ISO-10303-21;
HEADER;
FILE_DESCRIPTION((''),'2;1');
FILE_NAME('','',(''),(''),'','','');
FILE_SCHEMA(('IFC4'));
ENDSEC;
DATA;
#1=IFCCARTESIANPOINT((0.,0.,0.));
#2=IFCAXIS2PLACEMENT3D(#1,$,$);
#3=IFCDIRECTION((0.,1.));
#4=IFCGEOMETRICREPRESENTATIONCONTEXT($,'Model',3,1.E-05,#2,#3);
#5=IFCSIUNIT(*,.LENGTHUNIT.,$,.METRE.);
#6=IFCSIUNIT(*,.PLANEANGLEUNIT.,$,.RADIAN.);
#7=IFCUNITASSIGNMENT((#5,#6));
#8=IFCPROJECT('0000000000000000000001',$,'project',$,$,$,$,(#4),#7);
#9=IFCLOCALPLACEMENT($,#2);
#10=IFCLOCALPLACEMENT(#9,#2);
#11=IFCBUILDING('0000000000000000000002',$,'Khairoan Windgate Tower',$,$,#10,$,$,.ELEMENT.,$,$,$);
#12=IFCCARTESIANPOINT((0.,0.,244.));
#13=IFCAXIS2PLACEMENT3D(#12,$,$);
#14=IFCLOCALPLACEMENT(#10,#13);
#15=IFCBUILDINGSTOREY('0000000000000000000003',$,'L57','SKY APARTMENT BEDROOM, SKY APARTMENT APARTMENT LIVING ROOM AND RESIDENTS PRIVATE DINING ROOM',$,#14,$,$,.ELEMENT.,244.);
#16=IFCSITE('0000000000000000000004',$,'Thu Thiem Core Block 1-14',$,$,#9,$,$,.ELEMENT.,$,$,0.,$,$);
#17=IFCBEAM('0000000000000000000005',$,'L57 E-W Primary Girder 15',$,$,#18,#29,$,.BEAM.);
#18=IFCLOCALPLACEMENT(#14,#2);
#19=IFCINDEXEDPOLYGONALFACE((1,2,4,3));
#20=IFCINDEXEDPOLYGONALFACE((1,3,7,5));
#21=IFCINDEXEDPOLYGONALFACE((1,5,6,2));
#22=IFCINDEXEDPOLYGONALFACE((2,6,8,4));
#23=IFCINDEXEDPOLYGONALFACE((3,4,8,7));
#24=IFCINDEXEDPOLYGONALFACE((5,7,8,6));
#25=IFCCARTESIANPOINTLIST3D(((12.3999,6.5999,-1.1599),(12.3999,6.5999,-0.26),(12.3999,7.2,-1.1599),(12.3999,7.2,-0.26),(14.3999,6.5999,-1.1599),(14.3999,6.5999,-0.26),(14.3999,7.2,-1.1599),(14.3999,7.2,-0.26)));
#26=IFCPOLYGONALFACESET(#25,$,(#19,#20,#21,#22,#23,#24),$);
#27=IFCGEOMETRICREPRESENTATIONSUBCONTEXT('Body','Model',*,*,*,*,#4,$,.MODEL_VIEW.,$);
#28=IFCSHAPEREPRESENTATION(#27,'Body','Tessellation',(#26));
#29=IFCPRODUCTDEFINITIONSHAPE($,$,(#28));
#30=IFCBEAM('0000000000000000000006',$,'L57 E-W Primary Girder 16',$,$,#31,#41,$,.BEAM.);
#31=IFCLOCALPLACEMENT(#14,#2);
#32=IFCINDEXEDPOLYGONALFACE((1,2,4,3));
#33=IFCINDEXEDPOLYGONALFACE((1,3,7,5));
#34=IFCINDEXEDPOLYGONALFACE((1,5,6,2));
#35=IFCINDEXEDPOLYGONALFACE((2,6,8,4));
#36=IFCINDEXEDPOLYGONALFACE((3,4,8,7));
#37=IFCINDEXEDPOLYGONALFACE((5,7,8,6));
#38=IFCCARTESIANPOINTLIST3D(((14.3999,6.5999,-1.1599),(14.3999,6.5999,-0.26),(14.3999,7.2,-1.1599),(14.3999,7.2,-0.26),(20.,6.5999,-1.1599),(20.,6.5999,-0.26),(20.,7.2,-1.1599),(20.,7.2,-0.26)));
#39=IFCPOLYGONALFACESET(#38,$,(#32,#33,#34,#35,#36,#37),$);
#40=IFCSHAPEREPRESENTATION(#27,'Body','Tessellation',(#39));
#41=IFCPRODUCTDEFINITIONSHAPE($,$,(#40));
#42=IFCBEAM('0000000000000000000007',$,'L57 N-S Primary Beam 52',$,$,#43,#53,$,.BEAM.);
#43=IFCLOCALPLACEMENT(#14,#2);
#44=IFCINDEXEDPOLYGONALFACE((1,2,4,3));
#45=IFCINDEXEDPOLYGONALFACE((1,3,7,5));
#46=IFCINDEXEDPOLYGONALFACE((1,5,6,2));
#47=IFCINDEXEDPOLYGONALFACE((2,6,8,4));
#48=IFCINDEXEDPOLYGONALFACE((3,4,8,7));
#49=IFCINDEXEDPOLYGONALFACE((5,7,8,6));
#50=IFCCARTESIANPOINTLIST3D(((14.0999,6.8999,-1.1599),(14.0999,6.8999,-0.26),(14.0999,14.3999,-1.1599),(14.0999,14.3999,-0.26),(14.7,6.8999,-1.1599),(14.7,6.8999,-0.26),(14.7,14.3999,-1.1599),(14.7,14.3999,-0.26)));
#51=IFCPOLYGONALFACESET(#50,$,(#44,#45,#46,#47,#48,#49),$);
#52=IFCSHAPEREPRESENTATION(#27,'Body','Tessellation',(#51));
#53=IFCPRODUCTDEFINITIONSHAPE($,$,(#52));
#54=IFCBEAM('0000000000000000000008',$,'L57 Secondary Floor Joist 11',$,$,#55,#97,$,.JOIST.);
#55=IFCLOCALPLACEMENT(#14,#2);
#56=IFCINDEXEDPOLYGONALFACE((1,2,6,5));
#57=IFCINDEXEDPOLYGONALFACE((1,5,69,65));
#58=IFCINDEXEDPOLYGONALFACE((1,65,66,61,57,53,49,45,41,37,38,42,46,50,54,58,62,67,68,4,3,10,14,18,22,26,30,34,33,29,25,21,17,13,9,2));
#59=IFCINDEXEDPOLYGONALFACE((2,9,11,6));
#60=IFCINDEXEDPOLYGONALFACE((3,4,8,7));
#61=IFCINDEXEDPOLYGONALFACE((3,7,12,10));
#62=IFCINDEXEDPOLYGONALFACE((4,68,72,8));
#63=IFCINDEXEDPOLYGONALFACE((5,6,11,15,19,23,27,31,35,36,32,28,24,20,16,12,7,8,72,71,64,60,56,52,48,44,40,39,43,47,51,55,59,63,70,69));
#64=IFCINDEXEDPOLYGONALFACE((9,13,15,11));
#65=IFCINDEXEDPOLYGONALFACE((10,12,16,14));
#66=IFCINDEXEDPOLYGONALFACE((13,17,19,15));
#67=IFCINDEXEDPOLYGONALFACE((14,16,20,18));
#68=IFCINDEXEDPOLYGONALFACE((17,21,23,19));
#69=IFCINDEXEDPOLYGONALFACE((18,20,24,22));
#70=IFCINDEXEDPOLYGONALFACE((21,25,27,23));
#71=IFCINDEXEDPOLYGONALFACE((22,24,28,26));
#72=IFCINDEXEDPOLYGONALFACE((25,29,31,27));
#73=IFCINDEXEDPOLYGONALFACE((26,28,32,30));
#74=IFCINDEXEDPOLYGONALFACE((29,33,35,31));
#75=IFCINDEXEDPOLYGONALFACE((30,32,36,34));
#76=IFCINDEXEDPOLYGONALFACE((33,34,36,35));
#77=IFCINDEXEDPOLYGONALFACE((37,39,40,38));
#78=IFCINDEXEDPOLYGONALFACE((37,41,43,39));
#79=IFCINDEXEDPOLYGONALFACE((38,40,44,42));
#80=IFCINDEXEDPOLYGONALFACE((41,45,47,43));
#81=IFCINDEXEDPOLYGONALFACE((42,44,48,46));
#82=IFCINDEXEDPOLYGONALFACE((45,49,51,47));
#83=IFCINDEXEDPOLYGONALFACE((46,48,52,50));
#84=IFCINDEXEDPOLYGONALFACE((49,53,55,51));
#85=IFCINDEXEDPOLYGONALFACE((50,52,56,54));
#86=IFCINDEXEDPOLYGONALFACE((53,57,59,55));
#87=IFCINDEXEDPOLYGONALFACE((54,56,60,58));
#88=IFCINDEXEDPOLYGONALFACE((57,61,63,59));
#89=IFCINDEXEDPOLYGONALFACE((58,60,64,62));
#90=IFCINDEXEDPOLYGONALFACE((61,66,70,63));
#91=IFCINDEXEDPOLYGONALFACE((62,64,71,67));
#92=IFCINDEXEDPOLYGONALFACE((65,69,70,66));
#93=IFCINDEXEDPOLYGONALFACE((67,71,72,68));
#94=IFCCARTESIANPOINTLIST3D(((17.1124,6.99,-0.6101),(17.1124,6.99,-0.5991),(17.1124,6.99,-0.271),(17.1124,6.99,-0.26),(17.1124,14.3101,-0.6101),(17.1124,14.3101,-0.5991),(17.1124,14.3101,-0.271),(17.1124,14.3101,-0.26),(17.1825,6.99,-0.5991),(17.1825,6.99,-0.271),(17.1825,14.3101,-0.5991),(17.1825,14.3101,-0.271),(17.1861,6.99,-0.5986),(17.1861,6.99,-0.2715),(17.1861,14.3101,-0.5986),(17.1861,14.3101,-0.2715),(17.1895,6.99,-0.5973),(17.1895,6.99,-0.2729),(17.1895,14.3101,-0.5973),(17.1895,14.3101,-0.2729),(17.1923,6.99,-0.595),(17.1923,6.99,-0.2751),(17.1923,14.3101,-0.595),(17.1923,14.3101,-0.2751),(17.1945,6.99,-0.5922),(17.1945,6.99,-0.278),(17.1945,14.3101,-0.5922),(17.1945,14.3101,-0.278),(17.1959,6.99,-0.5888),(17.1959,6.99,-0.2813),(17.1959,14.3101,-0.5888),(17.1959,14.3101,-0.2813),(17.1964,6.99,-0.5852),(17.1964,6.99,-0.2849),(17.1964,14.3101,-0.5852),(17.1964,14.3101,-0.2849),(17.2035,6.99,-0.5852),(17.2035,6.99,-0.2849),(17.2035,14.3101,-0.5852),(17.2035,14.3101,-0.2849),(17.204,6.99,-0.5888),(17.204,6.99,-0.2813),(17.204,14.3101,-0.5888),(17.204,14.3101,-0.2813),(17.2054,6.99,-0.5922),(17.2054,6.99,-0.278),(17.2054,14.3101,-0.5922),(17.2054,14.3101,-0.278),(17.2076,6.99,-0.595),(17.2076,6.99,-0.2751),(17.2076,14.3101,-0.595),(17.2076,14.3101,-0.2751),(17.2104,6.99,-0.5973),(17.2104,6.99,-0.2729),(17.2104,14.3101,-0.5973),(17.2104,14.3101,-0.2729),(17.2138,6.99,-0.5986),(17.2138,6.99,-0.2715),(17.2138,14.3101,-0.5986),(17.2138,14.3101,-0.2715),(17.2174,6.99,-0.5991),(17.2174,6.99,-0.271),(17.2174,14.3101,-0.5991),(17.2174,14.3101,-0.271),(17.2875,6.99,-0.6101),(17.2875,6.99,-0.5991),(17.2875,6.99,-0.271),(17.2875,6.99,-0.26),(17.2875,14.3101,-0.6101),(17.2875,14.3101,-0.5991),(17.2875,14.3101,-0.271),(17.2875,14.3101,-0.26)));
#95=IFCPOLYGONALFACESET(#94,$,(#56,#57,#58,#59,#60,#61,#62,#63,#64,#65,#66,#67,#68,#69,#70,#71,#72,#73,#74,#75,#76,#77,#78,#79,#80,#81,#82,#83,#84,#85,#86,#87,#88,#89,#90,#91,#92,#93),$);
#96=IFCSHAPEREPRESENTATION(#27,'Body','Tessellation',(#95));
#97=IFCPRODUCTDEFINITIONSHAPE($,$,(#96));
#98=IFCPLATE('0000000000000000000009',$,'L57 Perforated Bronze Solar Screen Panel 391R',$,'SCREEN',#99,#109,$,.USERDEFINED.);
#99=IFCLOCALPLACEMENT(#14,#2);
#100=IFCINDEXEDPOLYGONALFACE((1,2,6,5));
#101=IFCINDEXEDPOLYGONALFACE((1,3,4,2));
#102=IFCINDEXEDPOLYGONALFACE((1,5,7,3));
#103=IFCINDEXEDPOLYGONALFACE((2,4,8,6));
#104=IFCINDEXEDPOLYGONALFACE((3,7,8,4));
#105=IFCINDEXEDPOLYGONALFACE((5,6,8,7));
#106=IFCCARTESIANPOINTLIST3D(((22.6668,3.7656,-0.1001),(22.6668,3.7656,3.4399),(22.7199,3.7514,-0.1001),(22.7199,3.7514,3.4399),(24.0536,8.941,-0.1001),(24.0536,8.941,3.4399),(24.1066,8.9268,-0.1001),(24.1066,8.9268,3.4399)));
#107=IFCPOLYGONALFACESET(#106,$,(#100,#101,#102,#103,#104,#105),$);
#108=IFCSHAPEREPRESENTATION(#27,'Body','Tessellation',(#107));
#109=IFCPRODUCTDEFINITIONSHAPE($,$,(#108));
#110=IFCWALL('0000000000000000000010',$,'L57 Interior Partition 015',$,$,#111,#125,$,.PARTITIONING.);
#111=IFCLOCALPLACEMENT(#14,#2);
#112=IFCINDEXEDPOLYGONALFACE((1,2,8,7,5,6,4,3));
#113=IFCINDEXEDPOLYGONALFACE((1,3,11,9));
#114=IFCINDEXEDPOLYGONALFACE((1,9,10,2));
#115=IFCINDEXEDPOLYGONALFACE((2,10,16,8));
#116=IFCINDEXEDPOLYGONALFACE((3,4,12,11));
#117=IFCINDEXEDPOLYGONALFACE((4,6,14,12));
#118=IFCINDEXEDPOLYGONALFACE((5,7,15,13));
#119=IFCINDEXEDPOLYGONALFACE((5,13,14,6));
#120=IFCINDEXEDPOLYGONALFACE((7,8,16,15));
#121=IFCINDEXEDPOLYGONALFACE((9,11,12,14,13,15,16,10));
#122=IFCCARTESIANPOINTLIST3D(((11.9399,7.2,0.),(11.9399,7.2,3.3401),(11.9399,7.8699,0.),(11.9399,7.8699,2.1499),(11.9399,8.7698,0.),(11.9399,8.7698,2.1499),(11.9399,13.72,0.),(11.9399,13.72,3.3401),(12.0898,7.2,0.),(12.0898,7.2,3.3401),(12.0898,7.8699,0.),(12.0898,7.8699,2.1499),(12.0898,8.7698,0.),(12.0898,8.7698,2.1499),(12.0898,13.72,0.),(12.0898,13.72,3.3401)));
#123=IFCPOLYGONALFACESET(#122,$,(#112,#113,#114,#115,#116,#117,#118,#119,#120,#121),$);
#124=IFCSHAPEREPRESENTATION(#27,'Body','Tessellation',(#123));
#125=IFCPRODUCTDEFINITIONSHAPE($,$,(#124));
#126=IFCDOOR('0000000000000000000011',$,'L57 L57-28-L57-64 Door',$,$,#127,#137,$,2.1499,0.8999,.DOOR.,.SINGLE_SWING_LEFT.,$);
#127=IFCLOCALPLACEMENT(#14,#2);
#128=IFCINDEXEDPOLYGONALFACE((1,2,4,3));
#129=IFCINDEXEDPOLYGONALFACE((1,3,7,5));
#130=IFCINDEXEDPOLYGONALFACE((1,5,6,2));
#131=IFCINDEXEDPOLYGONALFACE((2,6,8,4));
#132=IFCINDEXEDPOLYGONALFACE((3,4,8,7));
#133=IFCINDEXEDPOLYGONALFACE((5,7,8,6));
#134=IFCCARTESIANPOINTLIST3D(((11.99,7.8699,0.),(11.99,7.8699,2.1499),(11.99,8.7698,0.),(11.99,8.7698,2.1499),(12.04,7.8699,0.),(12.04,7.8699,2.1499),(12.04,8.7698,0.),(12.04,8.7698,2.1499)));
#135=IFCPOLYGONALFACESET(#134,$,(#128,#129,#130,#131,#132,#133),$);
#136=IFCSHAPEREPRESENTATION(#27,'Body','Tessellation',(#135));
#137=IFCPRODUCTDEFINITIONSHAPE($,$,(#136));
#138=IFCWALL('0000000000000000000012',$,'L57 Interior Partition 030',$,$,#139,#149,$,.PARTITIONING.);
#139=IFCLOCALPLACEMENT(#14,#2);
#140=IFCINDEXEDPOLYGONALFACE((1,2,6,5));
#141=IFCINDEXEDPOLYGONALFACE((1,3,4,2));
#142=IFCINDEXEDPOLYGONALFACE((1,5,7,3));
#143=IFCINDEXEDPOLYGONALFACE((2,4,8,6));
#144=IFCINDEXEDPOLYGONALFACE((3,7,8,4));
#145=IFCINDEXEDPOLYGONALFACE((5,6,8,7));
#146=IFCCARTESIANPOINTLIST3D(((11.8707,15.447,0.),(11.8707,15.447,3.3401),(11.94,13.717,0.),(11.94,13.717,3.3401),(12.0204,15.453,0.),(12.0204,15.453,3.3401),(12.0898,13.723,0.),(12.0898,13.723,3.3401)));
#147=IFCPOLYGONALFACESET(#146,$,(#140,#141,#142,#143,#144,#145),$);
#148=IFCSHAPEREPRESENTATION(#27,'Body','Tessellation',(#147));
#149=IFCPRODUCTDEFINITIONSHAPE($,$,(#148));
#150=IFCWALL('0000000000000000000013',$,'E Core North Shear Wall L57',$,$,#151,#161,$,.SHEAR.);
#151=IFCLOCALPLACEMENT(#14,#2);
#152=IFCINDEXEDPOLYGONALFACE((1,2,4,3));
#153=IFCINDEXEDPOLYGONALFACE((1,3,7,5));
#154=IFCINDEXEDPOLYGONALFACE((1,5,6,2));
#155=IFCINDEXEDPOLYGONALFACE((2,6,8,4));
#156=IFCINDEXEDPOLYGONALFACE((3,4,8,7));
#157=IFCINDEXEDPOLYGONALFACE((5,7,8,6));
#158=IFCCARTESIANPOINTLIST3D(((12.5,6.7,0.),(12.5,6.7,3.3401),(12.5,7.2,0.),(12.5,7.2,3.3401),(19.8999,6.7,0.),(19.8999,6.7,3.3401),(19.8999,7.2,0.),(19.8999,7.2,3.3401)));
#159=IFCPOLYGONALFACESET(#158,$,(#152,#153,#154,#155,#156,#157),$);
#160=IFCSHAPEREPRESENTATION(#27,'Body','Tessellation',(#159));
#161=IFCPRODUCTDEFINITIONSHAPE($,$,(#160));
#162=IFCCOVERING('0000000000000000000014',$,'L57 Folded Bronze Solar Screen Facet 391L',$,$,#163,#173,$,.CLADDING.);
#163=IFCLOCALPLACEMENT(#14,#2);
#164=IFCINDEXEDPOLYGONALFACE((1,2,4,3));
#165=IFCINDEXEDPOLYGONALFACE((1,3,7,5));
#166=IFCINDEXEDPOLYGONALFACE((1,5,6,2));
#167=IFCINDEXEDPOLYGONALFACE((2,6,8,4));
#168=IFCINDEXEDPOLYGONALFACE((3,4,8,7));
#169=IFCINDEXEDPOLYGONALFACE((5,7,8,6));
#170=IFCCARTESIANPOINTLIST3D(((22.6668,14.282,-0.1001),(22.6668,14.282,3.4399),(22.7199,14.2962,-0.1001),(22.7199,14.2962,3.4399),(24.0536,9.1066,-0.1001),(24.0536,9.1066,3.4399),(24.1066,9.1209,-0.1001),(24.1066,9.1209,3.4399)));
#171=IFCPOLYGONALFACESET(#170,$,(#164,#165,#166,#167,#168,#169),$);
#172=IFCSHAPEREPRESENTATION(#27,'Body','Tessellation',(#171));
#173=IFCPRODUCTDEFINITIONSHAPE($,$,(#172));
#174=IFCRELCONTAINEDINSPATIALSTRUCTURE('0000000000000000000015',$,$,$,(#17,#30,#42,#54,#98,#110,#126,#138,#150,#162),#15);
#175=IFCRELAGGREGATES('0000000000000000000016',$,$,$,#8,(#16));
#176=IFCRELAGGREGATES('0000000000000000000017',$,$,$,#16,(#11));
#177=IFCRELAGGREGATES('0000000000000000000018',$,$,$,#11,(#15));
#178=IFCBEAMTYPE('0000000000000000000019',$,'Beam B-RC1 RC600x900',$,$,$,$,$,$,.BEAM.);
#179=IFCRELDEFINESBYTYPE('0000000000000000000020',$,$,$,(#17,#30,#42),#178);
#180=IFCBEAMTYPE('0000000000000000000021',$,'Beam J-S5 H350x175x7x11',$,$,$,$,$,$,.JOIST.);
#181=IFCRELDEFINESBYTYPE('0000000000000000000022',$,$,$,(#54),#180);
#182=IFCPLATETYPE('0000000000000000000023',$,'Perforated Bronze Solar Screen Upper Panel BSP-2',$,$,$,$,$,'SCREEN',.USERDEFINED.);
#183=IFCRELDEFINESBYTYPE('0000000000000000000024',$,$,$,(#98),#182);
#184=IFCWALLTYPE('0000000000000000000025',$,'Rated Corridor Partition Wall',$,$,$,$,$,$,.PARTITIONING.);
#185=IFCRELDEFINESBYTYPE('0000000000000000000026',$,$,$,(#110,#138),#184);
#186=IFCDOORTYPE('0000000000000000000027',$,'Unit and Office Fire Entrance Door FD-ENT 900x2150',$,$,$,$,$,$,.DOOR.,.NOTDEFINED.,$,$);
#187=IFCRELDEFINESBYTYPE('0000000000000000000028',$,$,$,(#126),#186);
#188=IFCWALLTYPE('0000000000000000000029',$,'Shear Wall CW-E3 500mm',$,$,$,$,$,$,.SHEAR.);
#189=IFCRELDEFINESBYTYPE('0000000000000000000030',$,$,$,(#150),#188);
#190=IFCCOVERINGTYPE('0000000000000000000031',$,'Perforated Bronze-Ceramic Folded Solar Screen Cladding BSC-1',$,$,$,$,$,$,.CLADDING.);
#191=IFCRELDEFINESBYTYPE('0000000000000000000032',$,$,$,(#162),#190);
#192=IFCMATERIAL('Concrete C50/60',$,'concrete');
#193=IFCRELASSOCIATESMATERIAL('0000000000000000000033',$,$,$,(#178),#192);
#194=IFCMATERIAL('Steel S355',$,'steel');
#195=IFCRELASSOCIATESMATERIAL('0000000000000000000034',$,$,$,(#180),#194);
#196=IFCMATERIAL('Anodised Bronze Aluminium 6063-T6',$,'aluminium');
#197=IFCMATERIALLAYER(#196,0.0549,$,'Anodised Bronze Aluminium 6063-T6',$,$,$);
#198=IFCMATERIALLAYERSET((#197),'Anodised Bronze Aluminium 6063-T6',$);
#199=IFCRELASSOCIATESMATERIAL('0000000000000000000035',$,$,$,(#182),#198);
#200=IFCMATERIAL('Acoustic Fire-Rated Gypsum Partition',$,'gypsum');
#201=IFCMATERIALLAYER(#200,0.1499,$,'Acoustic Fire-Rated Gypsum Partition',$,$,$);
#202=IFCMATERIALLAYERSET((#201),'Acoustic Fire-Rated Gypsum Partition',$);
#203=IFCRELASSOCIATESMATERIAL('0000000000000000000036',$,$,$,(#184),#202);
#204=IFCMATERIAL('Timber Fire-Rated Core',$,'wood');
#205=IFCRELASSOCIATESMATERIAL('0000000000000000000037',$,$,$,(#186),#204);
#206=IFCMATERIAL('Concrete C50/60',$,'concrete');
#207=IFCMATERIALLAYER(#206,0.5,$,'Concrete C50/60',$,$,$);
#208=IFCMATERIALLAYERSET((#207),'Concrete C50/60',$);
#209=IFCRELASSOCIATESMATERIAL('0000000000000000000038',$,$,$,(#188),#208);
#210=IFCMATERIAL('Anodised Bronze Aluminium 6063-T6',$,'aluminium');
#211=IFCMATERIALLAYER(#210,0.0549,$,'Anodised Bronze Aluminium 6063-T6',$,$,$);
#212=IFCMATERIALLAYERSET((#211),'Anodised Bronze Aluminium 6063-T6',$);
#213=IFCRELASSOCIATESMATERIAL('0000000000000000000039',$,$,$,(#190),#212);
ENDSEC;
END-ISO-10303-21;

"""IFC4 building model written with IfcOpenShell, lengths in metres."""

from ifc_helpers import new_model, si_unit, direction, frame, frame_2d, origin, origin_2d, place, context, subcontext, project, spatial, rectangle, i_section, extrude, material, layer, layer_set, material_profile, profile_set, type_object, element, fill, save


model = new_model("IFC4")

# Units and contexts
model_context = context("Model", 3, precision=1e-05, world=origin(), true_north=direction((0.0, 1.0)))
body_context = subcontext(model_context, "Body", "Model", "MODEL_VIEW")
ifc_project = project(units=[si_unit("LENGTHUNIT", "METRE"), si_unit("PLANEANGLEUNIT", "RADIAN")], contexts=[model_context])

# Site, building, storey
site_placement = place(None, origin())
site = spatial("IfcSite", under=ifc_project, at=site_placement, Name="Thu Thiem Core Block 1-14", CompositionType="ELEMENT", RefElevation=0.0)
building_placement = place(site_placement, origin())
building = spatial("IfcBuilding", under=site, at=building_placement, Name="Khairoan Windgate Tower", CompositionType="ELEMENT")
storey_placement = place(building_placement, frame((0.0, 0.0, 244.0)))
storey = spatial("IfcBuildingStorey", under=building, at=storey_placement, Name="L57", Description="SKY APARTMENT BEDROOM, SKY APARTMENT APARTMENT LIVING ROOM AND RESIDENTS PRIVATE DINING ROOM", CompositionType="ELEMENT", Elevation=244.0)

# Beams
ifc_material_1 = material(Name="Concrete C50/60", Category="concrete")
ifc_material_profile_1 = material_profile(ifc_material_1, rectangle(XDim=0.6001, YDim=0.8999, at=origin_2d()))
ifc_profile_set_1 = profile_set([ifc_material_profile_1], Name="Concrete C50/60")
beam_type_1 = type_object("IfcBeamType", Name="Beam B-RC1 RC600x900", PredefinedType="BEAM", material=ifc_profile_set_1)
beam_1_placement = place(storey_placement, frame((12.3999, 6.8999, -0.71), z_axis=(1.0, 0.0, 0.0), x_axis=(0.0, 1.0, 0.0)))
element("IfcBeam", 1, at=beam_1_placement, inside=storey, type_object=beam_type_1, Name="L57 E-W Primary Girder 15", PredefinedType="BEAM", context=body_context, shape_type="SweptSolid", body=[
    extrude(rectangle(XDim=0.6001, YDim=0.8999, at=origin_2d()), origin(), (0.0, 0.0, 1.0), 2.0),
])
beam_2_placement = place(storey_placement, frame((14.3999, 6.8999, -0.71), z_axis=(1.0, 0.0, 0.0), x_axis=(0.0, 1.0, 0.0)))
element("IfcBeam", 2, at=beam_2_placement, inside=storey, type_object=beam_type_1, Name="L57 E-W Primary Girder 16", PredefinedType="BEAM", context=body_context, shape_type="SweptSolid", body=[
    extrude(rectangle(XDim=0.6001, YDim=0.8999, at=origin_2d()), origin(), (0.0, 0.0, 1.0), 5.6001),
])
beam_3_placement = place(storey_placement, frame((14.3999, 6.8999, -0.71), z_axis=(0.0, 1.0, 0.0), x_axis=(-1.0, 0.0, 0.0)))
element("IfcBeam", 3, at=beam_3_placement, inside=storey, type_object=beam_type_1, Name="L57 N-S Primary Beam 52", PredefinedType="BEAM", context=body_context, shape_type="SweptSolid", body=[
    extrude(rectangle(XDim=0.6001, YDim=0.8999, at=origin_2d()), origin(), (0.0, 0.0, 1.0), 7.5),
])
ifc_material_2 = material(Name="Steel S355", Category="steel")
ifc_material_profile_2 = material_profile(ifc_material_2, i_section(OverallWidth=0.175, OverallDepth=0.3501, WebThickness=0.0071, FlangeThickness=0.011, FilletRadius=0.0139, at=origin_2d()))
ifc_profile_set_2 = profile_set([ifc_material_profile_2], Name="Steel S355")
beam_type_2 = type_object("IfcBeamType", Name="Beam J-S5 H350x175x7x11", PredefinedType="JOIST", material=ifc_profile_set_2)
beam_4_placement = place(storey_placement, frame((17.2, 6.99, -0.4351), z_axis=(0.0, 1.0, 0.0), x_axis=(-1.0, 0.0, 0.0)))
element("IfcBeam", 4, at=beam_4_placement, inside=storey, type_object=beam_type_2, Name="L57 Secondary Floor Joist 11", PredefinedType="JOIST", context=body_context, shape_type="SweptSolid", body=[
    extrude(i_section(OverallWidth=0.175, OverallDepth=0.3501, WebThickness=0.0071, FlangeThickness=0.011, FilletRadius=0.0139, at=origin_2d()), origin(), (0.0, 0.0, 1.0), 7.3201),
])

# Plate
ifc_material_3 = material(Name="Anodised Bronze Aluminium 6063-T6", Category="aluminium")
ifc_layer_1 = layer(ifc_material_3, 0.0549, Name="Anodised Bronze Aluminium 6063-T6")
ifc_layer_set_1 = layer_set([ifc_layer_1], Name="Anodised Bronze Aluminium 6063-T6")
plate_type = type_object("IfcPlateType", Name="Perforated Bronze Solar Screen Upper Panel BSP-2", ElementType="SCREEN", PredefinedType="USERDEFINED", material=ifc_layer_set_1)
plate_placement = place(storey_placement, frame((23.3867, 6.3462, -0.1001), z_axis=(0.0, 0.0, 1.0), x_axis=(-0.258819, -0.965926, 0.0)))
element("IfcPlate", 5, at=plate_placement, inside=storey, type_object=plate_type, Name="L57 Perforated Bronze Solar Screen Panel 391R", ObjectType="SCREEN", PredefinedType="USERDEFINED", context=body_context, shape_type="SweptSolid", body=[
    extrude(rectangle(XDim=5.3579, YDim=0.0549, at=origin_2d()), origin(), (0.0, 0.0, 1.0), 3.54),
])

# Wall, opening, door
ifc_material_4 = material(Name="Acoustic Fire-Rated Gypsum Partition", Category="gypsum")
ifc_layer_2 = layer(ifc_material_4, 0.1499, Name="Acoustic Fire-Rated Gypsum Partition")
ifc_layer_set_2 = layer_set([ifc_layer_2], Name="Acoustic Fire-Rated Gypsum Partition")
wall_type_1 = type_object("IfcWallType", Name="Rated Corridor Partition Wall", PredefinedType="PARTITIONING", material=ifc_layer_set_2)
wall_1_placement = place(storey_placement, frame((12.0149, 7.2, 0.0), z_axis=(0.0, 0.0, 1.0), x_axis=(0.0, 1.0, 0.0)))
wall_1 = element("IfcWall", 6, at=wall_1_placement, inside=storey, type_object=wall_type_1, Name="L57 Interior Partition 015", PredefinedType="PARTITIONING", context=body_context, shape_type="SweptSolid", body=[
    extrude(rectangle(XDim=6.52, YDim=0.1499, at=frame_2d((3.26, 0.0))), origin(), (0.0, 0.0, 1.0), 3.3401),
])
opening_placement = place(wall_1_placement, frame((0.6699, 0.0, 0.0)))
opening = element("IfcOpeningElement", 7, at=opening_placement, cuts=wall_1, PredefinedType="OPENING", context=body_context, shape_type="SweptSolid", body=[
    extrude(rectangle(XDim=0.8999, YDim=2.1499, at=frame_2d((0.45, 1.075))), frame((0.0, 0.085, 0.0), z_axis=(0.0, -1.0, 0.0), x_axis=(1.0, 0.0, 0.0)), (0.0, 0.0, 1.0), 0.1699),
])
ifc_material_5 = material(Name="Timber Fire-Rated Core", Category="wood")
door_type = type_object("IfcDoorType", Name="Unit and Office Fire Entrance Door FD-ENT 900x2150", OperationType="NOTDEFINED", PredefinedType="DOOR", material=ifc_material_5)
door_placement = place(opening_placement, origin())
door = element("IfcDoor", 8, at=door_placement, inside=storey, type_object=door_type, Name="L57 L57-28-L57-64 Door", OperationType="SINGLE_SWING_LEFT", OverallHeight=2.1499, OverallWidth=0.8999, PredefinedType="DOOR", context=body_context, shape_type="SweptSolid", body=[
    extrude(rectangle(XDim=0.8999, YDim=2.1499, at=frame_2d((0.45, 1.075))), frame((0.0, 0.0249, 0.0), z_axis=(0.0, -1.0, 0.0), x_axis=(1.0, 0.0, 0.0)), (0.0, 0.0, 1.0), 0.05),
])
fill(opening, door)

# Walls
wall_2_placement = place(storey_placement, frame((12.0149, 13.72, 0.0), z_axis=(0.0, 0.0, 1.0), x_axis=(-0.040047, 0.999198, 0.0)))
element("IfcWall", 9, at=wall_2_placement, inside=storey, type_object=wall_type_1, Name="L57 Interior Partition 030", PredefinedType="PARTITIONING", context=body_context, shape_type="SweptSolid", body=[
    extrude(rectangle(XDim=1.7314, YDim=0.1499, at=frame_2d((0.8657, 0.0))), origin(), (0.0, 0.0, 1.0), 3.3401),
])
ifc_material_6 = material(Name="Concrete C50/60", Category="concrete")
ifc_layer_3 = layer(ifc_material_6, 0.5, Name="Concrete C50/60")
ifc_layer_set_3 = layer_set([ifc_layer_3], Name="Concrete C50/60")
wall_type_2 = type_object("IfcWallType", Name="Shear Wall CW-E3 500mm", PredefinedType="SHEAR", material=ifc_layer_set_3)
wall_3_placement = place(storey_placement, frame((12.5, 6.95, 0.0), z_axis=(0.0, 0.0, 1.0), x_axis=(1.0, 0.0, 0.0)))
element("IfcWall", 10, at=wall_3_placement, inside=storey, type_object=wall_type_2, Name="E Core North Shear Wall L57", PredefinedType="SHEAR", context=body_context, shape_type="SweptSolid", body=[
    extrude(rectangle(XDim=7.3999, YDim=0.5, at=frame_2d((3.7, 0.0))), origin(), (0.0, 0.0, 1.0), 3.3401),
])

# Covering
ifc_material_7 = material(Name="Anodised Bronze Aluminium 6063-T6", Category="aluminium")
ifc_layer_4 = layer(ifc_material_7, 0.0549, Name="Anodised Bronze Aluminium 6063-T6")
ifc_layer_set_4 = layer_set([ifc_layer_4], Name="Anodised Bronze Aluminium 6063-T6")
covering_type = type_object("IfcCoveringType", Name="Perforated Bronze-Ceramic Folded Solar Screen Cladding BSC-1", PredefinedType="CLADDING", material=ifc_layer_set_4)
covering_placement = place(storey_placement, frame((23.3867, 11.7014, -0.1001), z_axis=(0.0, 0.0, 1.0), x_axis=(0.258819, -0.965926, 0.0)))
element("IfcCovering", 11, at=covering_placement, inside=storey, type_object=covering_type, Name="L57 Folded Bronze Solar Screen Facet 391L", PredefinedType="CLADDING", context=body_context, shape_type="SweptSolid", body=[
    extrude(rectangle(XDim=5.3579, YDim=0.0549, at=origin_2d()), origin(), (0.0, 0.0, 1.0), 3.54),
])

save(model, "model.ifc")
